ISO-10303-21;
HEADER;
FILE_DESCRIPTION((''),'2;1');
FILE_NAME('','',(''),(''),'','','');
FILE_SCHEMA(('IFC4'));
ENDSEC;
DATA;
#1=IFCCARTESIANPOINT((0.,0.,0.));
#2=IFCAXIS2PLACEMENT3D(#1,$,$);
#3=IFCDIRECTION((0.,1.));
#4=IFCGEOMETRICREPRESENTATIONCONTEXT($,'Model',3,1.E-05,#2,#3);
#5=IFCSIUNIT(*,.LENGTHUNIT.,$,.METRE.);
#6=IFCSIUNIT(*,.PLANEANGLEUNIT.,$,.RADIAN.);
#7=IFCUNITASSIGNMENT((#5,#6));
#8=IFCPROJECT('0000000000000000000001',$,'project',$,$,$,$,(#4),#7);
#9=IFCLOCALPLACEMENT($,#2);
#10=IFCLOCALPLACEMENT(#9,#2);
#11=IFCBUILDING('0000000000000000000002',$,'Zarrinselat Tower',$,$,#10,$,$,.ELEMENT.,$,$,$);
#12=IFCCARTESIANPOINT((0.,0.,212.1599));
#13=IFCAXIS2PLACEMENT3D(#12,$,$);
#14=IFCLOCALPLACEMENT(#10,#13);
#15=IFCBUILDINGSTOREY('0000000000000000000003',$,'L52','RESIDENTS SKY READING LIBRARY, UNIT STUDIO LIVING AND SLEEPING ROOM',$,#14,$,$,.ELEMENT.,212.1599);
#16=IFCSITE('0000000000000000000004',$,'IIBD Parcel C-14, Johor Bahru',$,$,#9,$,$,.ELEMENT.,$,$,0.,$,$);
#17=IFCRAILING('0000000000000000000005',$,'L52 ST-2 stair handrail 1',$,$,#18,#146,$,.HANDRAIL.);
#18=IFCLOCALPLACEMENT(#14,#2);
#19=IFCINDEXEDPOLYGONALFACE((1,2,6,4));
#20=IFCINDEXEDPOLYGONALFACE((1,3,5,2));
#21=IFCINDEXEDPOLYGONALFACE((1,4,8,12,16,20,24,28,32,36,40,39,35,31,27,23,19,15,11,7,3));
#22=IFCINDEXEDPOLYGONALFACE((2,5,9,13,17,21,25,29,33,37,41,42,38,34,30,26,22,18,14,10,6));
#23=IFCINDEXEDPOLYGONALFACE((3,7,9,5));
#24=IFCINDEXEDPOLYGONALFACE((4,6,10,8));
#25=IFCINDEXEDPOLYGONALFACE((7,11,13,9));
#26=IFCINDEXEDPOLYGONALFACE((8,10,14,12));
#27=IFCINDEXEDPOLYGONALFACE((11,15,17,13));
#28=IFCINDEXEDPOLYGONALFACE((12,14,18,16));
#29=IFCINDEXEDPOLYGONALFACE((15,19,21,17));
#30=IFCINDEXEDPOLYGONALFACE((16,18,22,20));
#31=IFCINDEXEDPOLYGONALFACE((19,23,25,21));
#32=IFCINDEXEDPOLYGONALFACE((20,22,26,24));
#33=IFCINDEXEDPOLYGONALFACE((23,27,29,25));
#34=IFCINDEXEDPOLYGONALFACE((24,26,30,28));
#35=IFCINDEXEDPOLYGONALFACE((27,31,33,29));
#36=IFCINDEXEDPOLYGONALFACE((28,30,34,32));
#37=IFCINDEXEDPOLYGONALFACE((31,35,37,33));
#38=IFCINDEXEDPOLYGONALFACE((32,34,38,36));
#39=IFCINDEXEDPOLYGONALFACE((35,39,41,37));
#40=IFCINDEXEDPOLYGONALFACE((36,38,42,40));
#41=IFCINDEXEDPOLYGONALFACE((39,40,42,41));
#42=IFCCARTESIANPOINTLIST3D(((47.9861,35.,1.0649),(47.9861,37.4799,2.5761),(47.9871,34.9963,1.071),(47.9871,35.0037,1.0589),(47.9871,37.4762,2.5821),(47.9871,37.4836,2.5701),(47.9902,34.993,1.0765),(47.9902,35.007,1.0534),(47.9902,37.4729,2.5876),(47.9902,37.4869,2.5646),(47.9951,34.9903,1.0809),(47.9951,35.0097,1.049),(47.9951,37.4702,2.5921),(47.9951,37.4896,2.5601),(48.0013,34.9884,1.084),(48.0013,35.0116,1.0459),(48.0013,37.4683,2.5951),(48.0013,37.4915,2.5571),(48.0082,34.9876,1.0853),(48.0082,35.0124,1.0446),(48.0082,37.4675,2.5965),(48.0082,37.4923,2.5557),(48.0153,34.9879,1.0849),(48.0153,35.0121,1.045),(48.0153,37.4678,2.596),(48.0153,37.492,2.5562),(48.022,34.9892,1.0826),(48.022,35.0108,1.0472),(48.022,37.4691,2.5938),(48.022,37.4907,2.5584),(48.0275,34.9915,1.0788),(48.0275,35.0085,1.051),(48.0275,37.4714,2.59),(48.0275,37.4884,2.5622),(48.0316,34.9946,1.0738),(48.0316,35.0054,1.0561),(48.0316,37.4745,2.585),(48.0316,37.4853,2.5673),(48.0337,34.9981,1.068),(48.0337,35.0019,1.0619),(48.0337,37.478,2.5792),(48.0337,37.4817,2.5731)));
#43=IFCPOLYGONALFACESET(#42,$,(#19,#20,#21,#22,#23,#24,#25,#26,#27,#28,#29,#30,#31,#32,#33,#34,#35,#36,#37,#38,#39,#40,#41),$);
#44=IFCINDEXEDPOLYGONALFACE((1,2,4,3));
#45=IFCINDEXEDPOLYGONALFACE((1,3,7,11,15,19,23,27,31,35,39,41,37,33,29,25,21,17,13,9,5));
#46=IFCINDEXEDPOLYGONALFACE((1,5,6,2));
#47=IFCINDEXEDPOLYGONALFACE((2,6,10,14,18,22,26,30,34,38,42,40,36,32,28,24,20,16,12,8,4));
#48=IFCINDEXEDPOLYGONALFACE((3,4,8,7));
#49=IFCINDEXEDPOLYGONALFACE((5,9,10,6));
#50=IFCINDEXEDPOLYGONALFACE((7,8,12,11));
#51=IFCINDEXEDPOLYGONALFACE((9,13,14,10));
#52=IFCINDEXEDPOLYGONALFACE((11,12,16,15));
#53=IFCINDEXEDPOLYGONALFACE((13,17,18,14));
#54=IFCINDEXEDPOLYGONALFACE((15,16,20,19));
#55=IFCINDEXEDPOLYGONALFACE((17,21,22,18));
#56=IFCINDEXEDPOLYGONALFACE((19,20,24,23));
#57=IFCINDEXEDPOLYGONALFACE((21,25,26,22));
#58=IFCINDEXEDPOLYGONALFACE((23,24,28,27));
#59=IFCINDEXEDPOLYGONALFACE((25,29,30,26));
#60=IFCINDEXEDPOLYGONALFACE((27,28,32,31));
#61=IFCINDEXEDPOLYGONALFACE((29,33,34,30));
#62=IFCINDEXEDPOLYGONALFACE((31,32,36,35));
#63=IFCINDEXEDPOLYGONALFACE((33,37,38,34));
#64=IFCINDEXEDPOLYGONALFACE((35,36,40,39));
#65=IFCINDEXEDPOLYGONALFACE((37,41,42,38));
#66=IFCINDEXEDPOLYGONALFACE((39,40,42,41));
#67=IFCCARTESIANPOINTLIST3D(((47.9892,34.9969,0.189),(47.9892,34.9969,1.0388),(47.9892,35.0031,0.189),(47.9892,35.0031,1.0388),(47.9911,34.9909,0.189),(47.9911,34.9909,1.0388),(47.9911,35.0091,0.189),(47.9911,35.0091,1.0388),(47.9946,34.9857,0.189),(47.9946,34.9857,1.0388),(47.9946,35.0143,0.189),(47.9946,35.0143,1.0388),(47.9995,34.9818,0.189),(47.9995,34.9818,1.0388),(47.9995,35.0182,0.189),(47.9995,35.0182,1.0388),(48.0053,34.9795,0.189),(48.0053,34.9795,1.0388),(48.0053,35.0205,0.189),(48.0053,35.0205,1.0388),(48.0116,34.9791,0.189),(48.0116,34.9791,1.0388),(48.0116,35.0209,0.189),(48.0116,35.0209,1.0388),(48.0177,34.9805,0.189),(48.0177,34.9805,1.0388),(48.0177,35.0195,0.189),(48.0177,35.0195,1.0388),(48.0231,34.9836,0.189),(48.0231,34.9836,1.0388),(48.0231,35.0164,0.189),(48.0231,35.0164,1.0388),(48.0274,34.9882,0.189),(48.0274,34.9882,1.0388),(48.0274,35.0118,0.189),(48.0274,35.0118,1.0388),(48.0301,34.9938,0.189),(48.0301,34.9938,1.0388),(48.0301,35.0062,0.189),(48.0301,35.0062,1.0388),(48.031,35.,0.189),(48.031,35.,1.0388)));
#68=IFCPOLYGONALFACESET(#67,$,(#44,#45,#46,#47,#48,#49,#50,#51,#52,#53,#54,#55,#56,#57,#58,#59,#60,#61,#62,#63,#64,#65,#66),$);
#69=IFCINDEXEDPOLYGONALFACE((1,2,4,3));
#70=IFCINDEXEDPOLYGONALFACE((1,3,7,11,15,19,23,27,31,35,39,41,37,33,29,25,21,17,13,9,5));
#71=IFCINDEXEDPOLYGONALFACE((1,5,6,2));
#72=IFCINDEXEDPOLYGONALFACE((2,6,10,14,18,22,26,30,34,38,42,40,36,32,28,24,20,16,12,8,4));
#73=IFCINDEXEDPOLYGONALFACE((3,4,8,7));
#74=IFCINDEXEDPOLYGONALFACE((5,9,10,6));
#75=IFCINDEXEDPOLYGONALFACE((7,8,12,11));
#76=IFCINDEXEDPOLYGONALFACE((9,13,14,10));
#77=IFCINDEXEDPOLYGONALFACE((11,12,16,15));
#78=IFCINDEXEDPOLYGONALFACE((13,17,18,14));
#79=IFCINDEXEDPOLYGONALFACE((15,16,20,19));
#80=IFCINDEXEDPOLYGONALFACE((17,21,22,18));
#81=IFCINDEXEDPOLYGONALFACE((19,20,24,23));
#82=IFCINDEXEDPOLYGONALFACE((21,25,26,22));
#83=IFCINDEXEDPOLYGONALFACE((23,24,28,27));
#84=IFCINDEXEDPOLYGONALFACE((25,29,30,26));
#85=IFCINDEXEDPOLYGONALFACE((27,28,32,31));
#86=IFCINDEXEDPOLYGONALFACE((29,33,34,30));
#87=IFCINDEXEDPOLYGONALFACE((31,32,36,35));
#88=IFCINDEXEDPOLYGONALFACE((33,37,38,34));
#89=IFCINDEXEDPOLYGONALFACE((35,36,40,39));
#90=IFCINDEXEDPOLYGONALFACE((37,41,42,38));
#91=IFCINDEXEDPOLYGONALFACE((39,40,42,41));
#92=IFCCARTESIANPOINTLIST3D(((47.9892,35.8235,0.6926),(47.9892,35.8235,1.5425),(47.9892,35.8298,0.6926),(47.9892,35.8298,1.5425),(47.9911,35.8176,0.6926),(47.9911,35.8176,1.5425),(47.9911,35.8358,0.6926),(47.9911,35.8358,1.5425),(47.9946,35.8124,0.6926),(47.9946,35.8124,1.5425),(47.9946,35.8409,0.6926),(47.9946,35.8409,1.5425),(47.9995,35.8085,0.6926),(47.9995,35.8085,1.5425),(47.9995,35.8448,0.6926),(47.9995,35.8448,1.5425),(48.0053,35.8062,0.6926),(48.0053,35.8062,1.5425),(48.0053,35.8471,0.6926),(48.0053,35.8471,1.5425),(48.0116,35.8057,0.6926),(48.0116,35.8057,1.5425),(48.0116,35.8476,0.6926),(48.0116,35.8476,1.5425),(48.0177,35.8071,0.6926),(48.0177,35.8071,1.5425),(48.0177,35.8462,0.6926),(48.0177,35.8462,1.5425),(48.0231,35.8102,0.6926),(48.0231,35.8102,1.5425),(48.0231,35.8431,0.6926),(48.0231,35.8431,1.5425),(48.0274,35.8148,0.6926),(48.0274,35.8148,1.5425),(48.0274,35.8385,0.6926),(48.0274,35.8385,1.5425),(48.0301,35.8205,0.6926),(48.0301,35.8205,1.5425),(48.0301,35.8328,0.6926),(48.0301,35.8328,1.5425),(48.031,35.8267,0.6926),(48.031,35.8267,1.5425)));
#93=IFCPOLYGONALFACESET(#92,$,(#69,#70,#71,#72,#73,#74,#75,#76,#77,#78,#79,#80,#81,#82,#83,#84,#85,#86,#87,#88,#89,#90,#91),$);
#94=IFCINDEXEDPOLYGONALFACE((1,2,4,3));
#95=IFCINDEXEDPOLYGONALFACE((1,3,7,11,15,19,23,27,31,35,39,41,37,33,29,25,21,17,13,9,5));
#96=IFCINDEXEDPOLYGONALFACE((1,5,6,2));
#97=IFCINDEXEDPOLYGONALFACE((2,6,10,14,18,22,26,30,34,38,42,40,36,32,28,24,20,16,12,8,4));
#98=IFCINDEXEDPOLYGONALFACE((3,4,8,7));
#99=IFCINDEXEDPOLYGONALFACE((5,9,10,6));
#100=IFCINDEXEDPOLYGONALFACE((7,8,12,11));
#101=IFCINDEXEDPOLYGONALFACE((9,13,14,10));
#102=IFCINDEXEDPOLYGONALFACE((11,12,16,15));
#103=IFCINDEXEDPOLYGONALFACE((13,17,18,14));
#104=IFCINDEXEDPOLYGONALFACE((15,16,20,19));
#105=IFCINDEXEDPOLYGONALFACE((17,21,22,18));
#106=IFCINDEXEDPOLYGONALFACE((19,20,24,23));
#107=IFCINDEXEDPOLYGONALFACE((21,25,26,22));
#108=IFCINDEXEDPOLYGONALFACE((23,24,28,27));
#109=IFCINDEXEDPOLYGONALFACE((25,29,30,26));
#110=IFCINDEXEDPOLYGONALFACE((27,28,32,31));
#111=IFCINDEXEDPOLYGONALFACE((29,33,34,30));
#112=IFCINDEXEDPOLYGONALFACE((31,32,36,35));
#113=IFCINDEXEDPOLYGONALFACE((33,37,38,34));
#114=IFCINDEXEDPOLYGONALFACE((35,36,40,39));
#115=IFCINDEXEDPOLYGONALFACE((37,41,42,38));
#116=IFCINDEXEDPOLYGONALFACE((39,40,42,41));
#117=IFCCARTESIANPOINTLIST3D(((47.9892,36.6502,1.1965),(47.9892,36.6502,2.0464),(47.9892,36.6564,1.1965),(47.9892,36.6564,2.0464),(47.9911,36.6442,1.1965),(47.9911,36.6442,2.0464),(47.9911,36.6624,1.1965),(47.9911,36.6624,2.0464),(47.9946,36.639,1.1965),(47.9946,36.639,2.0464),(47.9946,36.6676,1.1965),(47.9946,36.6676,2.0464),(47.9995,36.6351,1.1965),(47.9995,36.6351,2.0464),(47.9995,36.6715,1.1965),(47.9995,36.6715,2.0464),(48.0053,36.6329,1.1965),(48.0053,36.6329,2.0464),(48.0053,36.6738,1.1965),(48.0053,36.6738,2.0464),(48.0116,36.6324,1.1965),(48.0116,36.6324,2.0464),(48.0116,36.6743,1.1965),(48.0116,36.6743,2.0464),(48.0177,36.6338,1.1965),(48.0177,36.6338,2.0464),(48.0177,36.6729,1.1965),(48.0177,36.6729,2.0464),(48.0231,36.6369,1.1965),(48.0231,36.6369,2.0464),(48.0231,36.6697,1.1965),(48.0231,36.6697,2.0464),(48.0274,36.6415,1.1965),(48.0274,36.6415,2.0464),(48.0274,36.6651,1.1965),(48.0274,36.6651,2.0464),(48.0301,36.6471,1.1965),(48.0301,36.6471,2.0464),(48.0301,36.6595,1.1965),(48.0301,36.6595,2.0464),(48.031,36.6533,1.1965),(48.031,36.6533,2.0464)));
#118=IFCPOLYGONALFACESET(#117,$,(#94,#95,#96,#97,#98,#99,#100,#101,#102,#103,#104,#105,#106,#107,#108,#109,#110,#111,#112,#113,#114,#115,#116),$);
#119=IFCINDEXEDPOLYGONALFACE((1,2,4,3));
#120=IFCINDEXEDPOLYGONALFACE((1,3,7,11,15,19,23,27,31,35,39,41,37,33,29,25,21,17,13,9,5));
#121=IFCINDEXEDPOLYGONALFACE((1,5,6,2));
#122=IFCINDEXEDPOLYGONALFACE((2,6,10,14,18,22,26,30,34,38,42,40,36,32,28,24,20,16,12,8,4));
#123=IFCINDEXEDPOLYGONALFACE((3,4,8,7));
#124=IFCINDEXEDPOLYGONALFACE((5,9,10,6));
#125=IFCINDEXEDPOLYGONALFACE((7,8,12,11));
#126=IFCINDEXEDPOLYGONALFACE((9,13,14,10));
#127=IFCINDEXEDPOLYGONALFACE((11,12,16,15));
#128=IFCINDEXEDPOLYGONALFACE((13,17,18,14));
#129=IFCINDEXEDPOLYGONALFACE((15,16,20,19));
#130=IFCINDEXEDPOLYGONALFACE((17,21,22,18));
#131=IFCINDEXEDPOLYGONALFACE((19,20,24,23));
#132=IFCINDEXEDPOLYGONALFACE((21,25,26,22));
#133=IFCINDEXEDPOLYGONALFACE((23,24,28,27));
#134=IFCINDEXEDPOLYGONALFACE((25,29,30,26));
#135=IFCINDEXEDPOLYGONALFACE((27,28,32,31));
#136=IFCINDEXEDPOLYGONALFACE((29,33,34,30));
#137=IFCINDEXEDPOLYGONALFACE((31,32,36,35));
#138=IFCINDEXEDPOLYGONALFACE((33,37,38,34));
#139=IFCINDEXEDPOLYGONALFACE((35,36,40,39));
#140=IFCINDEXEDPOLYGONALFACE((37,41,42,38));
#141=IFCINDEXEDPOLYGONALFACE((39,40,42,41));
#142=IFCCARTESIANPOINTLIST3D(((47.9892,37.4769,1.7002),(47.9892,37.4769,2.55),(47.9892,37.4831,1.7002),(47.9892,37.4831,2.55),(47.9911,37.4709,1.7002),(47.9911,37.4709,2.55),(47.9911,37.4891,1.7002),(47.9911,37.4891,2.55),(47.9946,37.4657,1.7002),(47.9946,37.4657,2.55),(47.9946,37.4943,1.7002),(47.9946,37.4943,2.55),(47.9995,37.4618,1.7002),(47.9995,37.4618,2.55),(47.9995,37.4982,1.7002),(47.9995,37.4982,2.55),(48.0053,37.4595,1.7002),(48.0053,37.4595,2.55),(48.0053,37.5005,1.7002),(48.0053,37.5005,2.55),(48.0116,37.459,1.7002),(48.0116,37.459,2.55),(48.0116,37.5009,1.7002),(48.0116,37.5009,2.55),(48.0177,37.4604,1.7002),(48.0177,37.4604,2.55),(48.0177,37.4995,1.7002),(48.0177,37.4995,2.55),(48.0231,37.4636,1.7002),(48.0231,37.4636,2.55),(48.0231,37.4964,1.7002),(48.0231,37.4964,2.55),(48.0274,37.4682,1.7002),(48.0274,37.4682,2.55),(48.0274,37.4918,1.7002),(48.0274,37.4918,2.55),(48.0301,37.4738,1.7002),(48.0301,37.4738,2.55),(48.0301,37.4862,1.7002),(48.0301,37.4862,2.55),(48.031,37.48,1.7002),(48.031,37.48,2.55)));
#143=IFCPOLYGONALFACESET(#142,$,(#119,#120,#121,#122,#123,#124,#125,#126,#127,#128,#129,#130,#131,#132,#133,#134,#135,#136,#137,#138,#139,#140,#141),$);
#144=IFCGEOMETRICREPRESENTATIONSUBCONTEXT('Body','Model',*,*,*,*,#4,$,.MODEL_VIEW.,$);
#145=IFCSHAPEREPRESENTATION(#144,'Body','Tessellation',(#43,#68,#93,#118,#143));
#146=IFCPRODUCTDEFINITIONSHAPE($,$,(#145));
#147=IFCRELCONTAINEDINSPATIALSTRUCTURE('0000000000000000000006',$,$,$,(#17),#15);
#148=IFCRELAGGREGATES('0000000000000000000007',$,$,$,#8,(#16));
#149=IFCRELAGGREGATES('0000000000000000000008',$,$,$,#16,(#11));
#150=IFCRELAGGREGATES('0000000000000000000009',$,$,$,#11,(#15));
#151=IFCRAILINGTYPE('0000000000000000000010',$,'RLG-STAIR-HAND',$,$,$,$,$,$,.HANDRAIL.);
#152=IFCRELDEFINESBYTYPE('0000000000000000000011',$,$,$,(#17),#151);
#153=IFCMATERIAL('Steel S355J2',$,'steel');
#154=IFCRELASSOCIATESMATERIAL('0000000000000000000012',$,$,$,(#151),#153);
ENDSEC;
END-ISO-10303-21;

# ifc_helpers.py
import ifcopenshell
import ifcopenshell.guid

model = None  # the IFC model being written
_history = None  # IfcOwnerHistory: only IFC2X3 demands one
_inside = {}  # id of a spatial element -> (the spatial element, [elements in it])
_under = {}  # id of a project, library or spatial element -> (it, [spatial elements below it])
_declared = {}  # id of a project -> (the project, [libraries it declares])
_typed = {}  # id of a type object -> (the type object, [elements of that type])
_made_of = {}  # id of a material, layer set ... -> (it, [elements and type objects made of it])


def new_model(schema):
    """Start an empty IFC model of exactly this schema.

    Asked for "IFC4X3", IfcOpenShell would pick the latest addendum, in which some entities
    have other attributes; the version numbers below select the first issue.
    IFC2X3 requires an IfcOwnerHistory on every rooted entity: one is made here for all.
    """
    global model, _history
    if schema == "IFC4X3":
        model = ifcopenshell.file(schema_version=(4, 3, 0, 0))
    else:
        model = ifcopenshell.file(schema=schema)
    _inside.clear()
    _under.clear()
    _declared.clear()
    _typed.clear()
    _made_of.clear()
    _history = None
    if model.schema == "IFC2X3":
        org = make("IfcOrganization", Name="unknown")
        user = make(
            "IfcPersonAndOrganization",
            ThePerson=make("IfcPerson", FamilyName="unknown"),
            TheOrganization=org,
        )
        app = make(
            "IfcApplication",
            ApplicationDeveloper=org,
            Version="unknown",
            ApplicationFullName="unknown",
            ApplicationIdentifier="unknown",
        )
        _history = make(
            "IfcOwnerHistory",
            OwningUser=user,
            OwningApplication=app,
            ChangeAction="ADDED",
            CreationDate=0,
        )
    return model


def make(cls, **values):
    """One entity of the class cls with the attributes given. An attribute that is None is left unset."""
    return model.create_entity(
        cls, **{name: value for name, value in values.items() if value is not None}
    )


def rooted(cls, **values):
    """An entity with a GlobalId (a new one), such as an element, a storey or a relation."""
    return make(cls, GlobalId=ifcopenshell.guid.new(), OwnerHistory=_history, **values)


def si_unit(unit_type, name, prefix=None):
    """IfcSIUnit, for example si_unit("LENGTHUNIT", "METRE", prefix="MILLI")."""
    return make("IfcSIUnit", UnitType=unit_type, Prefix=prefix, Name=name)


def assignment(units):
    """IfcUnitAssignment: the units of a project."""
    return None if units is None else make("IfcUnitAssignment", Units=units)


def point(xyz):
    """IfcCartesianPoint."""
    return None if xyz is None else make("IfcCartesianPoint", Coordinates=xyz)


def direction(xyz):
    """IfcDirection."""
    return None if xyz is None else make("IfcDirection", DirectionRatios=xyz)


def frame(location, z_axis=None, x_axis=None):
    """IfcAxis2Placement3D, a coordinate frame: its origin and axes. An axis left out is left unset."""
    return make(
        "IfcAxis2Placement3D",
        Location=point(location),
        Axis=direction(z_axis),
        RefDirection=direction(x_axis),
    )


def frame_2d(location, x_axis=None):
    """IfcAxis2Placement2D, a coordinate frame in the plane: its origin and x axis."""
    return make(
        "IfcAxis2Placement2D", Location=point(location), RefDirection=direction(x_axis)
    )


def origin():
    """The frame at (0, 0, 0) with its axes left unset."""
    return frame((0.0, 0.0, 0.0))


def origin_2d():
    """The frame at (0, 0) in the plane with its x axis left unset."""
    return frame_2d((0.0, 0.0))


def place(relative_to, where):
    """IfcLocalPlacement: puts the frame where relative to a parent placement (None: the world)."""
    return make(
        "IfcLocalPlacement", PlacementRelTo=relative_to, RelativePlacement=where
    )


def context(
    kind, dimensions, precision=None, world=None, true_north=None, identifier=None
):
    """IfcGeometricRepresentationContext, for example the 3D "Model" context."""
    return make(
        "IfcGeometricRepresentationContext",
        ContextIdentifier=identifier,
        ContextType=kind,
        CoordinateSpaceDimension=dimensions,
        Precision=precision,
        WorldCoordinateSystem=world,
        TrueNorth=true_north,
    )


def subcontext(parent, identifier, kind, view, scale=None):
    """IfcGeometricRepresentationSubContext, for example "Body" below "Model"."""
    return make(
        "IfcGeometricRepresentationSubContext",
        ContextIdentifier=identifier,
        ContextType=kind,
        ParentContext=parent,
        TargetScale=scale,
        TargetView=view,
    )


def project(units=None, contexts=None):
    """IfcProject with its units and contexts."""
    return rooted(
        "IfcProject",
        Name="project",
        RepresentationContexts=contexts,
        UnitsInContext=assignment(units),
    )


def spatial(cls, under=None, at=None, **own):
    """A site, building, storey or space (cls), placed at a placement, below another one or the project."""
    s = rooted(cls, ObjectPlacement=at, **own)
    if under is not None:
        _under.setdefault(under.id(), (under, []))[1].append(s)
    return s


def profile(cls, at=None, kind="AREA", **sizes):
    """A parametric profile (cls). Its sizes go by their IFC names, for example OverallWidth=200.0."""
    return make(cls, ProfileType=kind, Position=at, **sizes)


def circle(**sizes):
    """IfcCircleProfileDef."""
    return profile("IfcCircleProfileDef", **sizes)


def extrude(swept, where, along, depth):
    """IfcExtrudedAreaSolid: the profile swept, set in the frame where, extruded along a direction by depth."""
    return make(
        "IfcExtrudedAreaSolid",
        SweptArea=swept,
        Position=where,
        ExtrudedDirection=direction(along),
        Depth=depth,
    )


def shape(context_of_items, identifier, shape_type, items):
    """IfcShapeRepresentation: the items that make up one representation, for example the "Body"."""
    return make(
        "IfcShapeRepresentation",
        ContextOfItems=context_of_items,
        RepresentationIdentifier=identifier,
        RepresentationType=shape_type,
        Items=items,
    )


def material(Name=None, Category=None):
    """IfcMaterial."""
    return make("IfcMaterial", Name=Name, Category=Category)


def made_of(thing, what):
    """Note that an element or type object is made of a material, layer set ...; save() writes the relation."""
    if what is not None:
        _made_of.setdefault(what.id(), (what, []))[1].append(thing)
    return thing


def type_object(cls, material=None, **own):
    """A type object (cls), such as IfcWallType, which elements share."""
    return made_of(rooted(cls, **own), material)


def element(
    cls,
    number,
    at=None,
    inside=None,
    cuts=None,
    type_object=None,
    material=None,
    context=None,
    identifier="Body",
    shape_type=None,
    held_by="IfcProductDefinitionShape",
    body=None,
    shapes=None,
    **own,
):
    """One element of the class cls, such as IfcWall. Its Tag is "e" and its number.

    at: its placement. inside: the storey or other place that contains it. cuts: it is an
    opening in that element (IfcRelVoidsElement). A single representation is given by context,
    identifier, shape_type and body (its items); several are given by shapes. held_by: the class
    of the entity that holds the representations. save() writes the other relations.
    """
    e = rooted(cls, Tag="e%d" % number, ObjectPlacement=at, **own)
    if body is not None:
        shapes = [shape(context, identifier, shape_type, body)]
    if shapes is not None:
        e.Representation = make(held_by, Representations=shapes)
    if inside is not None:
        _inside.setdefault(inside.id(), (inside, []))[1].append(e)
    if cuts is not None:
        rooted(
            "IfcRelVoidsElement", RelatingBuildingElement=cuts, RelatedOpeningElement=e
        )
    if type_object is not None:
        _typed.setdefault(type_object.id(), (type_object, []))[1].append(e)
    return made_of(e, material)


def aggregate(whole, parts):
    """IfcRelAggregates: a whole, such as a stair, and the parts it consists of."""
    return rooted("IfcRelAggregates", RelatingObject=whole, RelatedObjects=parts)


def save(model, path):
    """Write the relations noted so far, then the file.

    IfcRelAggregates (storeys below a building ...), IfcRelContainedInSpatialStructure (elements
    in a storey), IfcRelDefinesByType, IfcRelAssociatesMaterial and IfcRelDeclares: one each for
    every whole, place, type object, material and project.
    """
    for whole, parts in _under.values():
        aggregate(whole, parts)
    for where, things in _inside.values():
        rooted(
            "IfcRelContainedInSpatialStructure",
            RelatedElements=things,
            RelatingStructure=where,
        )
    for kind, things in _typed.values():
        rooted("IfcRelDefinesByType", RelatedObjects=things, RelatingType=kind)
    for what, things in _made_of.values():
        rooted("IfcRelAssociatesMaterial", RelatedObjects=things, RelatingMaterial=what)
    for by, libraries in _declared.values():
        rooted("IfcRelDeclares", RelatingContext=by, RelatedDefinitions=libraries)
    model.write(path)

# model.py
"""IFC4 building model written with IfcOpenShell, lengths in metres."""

from ifc_helpers import new_model, si_unit, direction, frame, origin, origin_2d, place, context, subcontext, project, spatial, circle, extrude, material, type_object, element, save


model = new_model("IFC4")

# Units and contexts
model_context = context("Model", 3, precision=1e-05, world=origin(), true_north=direction((0.0, 1.0)))
body_context = subcontext(model_context, "Body", "Model", "MODEL_VIEW")
ifc_project = project(units=[si_unit("LENGTHUNIT", "METRE"), si_unit("PLANEANGLEUNIT", "RADIAN")], contexts=[model_context])

# Site, building, storey
site_placement = place(None, origin())
site = spatial("IfcSite", under=ifc_project, at=site_placement, Name="IIBD Parcel C-14, Johor Bahru", CompositionType="ELEMENT", RefElevation=0.0)
building_placement = place(site_placement, origin())
building = spatial("IfcBuilding", under=site, at=building_placement, Name="Zarrinselat Tower", CompositionType="ELEMENT")
storey_placement = place(building_placement, frame((0.0, 0.0, 212.1599)))
storey = spatial("IfcBuildingStorey", under=building, at=storey_placement, Name="L52", Description="RESIDENTS SKY READING LIBRARY, UNIT STUDIO LIVING AND SLEEPING ROOM", CompositionType="ELEMENT", Elevation=212.1599)

# Railing
ifc_material_1 = material(Name="Steel S355J2", Category="steel")
railing_type_1 = type_object("IfcRailingType", Name="RLG-STAIR-HAND", PredefinedType="HANDRAIL", material=ifc_material_1)
railing_1_placement = place(storey_placement, frame((48.01, 35.0, 0.189)))
element("IfcRailing", 1, at=railing_1_placement, inside=storey, type_object=railing_type_1, Name="L52 ST-2 stair handrail 1", PredefinedType="HANDRAIL", context=body_context, shape_type="SweptSolid", body=[
    extrude(circle(Radius=0.0239, at=origin_2d()), frame((0.0, 0.0, 0.876), z_axis=(0.0, 0.853942, 0.520368), x_axis=(-1.0, 0.0, 0.0)), (0.0, 0.0, 1.0), 2.9041),
    extrude(circle(Radius=0.021, at=origin_2d()), origin(), (0.0, 0.0, 1.0), 0.8499),
    extrude(circle(Radius=0.021, at=origin_2d()), frame((0.0, 0.8267, 0.5037)), (0.0, 0.0, 1.0), 0.8499),
    extrude(circle(Radius=0.021, at=origin_2d()), frame((0.0, 1.6533, 1.0076)), (0.0, 0.0, 1.0), 0.8499),
    extrude(circle(Radius=0.021, at=origin_2d()), frame((0.0, 2.48, 1.5112)), (0.0, 0.0, 1.0), 0.8499),
])

save(model, "model.ifc")
